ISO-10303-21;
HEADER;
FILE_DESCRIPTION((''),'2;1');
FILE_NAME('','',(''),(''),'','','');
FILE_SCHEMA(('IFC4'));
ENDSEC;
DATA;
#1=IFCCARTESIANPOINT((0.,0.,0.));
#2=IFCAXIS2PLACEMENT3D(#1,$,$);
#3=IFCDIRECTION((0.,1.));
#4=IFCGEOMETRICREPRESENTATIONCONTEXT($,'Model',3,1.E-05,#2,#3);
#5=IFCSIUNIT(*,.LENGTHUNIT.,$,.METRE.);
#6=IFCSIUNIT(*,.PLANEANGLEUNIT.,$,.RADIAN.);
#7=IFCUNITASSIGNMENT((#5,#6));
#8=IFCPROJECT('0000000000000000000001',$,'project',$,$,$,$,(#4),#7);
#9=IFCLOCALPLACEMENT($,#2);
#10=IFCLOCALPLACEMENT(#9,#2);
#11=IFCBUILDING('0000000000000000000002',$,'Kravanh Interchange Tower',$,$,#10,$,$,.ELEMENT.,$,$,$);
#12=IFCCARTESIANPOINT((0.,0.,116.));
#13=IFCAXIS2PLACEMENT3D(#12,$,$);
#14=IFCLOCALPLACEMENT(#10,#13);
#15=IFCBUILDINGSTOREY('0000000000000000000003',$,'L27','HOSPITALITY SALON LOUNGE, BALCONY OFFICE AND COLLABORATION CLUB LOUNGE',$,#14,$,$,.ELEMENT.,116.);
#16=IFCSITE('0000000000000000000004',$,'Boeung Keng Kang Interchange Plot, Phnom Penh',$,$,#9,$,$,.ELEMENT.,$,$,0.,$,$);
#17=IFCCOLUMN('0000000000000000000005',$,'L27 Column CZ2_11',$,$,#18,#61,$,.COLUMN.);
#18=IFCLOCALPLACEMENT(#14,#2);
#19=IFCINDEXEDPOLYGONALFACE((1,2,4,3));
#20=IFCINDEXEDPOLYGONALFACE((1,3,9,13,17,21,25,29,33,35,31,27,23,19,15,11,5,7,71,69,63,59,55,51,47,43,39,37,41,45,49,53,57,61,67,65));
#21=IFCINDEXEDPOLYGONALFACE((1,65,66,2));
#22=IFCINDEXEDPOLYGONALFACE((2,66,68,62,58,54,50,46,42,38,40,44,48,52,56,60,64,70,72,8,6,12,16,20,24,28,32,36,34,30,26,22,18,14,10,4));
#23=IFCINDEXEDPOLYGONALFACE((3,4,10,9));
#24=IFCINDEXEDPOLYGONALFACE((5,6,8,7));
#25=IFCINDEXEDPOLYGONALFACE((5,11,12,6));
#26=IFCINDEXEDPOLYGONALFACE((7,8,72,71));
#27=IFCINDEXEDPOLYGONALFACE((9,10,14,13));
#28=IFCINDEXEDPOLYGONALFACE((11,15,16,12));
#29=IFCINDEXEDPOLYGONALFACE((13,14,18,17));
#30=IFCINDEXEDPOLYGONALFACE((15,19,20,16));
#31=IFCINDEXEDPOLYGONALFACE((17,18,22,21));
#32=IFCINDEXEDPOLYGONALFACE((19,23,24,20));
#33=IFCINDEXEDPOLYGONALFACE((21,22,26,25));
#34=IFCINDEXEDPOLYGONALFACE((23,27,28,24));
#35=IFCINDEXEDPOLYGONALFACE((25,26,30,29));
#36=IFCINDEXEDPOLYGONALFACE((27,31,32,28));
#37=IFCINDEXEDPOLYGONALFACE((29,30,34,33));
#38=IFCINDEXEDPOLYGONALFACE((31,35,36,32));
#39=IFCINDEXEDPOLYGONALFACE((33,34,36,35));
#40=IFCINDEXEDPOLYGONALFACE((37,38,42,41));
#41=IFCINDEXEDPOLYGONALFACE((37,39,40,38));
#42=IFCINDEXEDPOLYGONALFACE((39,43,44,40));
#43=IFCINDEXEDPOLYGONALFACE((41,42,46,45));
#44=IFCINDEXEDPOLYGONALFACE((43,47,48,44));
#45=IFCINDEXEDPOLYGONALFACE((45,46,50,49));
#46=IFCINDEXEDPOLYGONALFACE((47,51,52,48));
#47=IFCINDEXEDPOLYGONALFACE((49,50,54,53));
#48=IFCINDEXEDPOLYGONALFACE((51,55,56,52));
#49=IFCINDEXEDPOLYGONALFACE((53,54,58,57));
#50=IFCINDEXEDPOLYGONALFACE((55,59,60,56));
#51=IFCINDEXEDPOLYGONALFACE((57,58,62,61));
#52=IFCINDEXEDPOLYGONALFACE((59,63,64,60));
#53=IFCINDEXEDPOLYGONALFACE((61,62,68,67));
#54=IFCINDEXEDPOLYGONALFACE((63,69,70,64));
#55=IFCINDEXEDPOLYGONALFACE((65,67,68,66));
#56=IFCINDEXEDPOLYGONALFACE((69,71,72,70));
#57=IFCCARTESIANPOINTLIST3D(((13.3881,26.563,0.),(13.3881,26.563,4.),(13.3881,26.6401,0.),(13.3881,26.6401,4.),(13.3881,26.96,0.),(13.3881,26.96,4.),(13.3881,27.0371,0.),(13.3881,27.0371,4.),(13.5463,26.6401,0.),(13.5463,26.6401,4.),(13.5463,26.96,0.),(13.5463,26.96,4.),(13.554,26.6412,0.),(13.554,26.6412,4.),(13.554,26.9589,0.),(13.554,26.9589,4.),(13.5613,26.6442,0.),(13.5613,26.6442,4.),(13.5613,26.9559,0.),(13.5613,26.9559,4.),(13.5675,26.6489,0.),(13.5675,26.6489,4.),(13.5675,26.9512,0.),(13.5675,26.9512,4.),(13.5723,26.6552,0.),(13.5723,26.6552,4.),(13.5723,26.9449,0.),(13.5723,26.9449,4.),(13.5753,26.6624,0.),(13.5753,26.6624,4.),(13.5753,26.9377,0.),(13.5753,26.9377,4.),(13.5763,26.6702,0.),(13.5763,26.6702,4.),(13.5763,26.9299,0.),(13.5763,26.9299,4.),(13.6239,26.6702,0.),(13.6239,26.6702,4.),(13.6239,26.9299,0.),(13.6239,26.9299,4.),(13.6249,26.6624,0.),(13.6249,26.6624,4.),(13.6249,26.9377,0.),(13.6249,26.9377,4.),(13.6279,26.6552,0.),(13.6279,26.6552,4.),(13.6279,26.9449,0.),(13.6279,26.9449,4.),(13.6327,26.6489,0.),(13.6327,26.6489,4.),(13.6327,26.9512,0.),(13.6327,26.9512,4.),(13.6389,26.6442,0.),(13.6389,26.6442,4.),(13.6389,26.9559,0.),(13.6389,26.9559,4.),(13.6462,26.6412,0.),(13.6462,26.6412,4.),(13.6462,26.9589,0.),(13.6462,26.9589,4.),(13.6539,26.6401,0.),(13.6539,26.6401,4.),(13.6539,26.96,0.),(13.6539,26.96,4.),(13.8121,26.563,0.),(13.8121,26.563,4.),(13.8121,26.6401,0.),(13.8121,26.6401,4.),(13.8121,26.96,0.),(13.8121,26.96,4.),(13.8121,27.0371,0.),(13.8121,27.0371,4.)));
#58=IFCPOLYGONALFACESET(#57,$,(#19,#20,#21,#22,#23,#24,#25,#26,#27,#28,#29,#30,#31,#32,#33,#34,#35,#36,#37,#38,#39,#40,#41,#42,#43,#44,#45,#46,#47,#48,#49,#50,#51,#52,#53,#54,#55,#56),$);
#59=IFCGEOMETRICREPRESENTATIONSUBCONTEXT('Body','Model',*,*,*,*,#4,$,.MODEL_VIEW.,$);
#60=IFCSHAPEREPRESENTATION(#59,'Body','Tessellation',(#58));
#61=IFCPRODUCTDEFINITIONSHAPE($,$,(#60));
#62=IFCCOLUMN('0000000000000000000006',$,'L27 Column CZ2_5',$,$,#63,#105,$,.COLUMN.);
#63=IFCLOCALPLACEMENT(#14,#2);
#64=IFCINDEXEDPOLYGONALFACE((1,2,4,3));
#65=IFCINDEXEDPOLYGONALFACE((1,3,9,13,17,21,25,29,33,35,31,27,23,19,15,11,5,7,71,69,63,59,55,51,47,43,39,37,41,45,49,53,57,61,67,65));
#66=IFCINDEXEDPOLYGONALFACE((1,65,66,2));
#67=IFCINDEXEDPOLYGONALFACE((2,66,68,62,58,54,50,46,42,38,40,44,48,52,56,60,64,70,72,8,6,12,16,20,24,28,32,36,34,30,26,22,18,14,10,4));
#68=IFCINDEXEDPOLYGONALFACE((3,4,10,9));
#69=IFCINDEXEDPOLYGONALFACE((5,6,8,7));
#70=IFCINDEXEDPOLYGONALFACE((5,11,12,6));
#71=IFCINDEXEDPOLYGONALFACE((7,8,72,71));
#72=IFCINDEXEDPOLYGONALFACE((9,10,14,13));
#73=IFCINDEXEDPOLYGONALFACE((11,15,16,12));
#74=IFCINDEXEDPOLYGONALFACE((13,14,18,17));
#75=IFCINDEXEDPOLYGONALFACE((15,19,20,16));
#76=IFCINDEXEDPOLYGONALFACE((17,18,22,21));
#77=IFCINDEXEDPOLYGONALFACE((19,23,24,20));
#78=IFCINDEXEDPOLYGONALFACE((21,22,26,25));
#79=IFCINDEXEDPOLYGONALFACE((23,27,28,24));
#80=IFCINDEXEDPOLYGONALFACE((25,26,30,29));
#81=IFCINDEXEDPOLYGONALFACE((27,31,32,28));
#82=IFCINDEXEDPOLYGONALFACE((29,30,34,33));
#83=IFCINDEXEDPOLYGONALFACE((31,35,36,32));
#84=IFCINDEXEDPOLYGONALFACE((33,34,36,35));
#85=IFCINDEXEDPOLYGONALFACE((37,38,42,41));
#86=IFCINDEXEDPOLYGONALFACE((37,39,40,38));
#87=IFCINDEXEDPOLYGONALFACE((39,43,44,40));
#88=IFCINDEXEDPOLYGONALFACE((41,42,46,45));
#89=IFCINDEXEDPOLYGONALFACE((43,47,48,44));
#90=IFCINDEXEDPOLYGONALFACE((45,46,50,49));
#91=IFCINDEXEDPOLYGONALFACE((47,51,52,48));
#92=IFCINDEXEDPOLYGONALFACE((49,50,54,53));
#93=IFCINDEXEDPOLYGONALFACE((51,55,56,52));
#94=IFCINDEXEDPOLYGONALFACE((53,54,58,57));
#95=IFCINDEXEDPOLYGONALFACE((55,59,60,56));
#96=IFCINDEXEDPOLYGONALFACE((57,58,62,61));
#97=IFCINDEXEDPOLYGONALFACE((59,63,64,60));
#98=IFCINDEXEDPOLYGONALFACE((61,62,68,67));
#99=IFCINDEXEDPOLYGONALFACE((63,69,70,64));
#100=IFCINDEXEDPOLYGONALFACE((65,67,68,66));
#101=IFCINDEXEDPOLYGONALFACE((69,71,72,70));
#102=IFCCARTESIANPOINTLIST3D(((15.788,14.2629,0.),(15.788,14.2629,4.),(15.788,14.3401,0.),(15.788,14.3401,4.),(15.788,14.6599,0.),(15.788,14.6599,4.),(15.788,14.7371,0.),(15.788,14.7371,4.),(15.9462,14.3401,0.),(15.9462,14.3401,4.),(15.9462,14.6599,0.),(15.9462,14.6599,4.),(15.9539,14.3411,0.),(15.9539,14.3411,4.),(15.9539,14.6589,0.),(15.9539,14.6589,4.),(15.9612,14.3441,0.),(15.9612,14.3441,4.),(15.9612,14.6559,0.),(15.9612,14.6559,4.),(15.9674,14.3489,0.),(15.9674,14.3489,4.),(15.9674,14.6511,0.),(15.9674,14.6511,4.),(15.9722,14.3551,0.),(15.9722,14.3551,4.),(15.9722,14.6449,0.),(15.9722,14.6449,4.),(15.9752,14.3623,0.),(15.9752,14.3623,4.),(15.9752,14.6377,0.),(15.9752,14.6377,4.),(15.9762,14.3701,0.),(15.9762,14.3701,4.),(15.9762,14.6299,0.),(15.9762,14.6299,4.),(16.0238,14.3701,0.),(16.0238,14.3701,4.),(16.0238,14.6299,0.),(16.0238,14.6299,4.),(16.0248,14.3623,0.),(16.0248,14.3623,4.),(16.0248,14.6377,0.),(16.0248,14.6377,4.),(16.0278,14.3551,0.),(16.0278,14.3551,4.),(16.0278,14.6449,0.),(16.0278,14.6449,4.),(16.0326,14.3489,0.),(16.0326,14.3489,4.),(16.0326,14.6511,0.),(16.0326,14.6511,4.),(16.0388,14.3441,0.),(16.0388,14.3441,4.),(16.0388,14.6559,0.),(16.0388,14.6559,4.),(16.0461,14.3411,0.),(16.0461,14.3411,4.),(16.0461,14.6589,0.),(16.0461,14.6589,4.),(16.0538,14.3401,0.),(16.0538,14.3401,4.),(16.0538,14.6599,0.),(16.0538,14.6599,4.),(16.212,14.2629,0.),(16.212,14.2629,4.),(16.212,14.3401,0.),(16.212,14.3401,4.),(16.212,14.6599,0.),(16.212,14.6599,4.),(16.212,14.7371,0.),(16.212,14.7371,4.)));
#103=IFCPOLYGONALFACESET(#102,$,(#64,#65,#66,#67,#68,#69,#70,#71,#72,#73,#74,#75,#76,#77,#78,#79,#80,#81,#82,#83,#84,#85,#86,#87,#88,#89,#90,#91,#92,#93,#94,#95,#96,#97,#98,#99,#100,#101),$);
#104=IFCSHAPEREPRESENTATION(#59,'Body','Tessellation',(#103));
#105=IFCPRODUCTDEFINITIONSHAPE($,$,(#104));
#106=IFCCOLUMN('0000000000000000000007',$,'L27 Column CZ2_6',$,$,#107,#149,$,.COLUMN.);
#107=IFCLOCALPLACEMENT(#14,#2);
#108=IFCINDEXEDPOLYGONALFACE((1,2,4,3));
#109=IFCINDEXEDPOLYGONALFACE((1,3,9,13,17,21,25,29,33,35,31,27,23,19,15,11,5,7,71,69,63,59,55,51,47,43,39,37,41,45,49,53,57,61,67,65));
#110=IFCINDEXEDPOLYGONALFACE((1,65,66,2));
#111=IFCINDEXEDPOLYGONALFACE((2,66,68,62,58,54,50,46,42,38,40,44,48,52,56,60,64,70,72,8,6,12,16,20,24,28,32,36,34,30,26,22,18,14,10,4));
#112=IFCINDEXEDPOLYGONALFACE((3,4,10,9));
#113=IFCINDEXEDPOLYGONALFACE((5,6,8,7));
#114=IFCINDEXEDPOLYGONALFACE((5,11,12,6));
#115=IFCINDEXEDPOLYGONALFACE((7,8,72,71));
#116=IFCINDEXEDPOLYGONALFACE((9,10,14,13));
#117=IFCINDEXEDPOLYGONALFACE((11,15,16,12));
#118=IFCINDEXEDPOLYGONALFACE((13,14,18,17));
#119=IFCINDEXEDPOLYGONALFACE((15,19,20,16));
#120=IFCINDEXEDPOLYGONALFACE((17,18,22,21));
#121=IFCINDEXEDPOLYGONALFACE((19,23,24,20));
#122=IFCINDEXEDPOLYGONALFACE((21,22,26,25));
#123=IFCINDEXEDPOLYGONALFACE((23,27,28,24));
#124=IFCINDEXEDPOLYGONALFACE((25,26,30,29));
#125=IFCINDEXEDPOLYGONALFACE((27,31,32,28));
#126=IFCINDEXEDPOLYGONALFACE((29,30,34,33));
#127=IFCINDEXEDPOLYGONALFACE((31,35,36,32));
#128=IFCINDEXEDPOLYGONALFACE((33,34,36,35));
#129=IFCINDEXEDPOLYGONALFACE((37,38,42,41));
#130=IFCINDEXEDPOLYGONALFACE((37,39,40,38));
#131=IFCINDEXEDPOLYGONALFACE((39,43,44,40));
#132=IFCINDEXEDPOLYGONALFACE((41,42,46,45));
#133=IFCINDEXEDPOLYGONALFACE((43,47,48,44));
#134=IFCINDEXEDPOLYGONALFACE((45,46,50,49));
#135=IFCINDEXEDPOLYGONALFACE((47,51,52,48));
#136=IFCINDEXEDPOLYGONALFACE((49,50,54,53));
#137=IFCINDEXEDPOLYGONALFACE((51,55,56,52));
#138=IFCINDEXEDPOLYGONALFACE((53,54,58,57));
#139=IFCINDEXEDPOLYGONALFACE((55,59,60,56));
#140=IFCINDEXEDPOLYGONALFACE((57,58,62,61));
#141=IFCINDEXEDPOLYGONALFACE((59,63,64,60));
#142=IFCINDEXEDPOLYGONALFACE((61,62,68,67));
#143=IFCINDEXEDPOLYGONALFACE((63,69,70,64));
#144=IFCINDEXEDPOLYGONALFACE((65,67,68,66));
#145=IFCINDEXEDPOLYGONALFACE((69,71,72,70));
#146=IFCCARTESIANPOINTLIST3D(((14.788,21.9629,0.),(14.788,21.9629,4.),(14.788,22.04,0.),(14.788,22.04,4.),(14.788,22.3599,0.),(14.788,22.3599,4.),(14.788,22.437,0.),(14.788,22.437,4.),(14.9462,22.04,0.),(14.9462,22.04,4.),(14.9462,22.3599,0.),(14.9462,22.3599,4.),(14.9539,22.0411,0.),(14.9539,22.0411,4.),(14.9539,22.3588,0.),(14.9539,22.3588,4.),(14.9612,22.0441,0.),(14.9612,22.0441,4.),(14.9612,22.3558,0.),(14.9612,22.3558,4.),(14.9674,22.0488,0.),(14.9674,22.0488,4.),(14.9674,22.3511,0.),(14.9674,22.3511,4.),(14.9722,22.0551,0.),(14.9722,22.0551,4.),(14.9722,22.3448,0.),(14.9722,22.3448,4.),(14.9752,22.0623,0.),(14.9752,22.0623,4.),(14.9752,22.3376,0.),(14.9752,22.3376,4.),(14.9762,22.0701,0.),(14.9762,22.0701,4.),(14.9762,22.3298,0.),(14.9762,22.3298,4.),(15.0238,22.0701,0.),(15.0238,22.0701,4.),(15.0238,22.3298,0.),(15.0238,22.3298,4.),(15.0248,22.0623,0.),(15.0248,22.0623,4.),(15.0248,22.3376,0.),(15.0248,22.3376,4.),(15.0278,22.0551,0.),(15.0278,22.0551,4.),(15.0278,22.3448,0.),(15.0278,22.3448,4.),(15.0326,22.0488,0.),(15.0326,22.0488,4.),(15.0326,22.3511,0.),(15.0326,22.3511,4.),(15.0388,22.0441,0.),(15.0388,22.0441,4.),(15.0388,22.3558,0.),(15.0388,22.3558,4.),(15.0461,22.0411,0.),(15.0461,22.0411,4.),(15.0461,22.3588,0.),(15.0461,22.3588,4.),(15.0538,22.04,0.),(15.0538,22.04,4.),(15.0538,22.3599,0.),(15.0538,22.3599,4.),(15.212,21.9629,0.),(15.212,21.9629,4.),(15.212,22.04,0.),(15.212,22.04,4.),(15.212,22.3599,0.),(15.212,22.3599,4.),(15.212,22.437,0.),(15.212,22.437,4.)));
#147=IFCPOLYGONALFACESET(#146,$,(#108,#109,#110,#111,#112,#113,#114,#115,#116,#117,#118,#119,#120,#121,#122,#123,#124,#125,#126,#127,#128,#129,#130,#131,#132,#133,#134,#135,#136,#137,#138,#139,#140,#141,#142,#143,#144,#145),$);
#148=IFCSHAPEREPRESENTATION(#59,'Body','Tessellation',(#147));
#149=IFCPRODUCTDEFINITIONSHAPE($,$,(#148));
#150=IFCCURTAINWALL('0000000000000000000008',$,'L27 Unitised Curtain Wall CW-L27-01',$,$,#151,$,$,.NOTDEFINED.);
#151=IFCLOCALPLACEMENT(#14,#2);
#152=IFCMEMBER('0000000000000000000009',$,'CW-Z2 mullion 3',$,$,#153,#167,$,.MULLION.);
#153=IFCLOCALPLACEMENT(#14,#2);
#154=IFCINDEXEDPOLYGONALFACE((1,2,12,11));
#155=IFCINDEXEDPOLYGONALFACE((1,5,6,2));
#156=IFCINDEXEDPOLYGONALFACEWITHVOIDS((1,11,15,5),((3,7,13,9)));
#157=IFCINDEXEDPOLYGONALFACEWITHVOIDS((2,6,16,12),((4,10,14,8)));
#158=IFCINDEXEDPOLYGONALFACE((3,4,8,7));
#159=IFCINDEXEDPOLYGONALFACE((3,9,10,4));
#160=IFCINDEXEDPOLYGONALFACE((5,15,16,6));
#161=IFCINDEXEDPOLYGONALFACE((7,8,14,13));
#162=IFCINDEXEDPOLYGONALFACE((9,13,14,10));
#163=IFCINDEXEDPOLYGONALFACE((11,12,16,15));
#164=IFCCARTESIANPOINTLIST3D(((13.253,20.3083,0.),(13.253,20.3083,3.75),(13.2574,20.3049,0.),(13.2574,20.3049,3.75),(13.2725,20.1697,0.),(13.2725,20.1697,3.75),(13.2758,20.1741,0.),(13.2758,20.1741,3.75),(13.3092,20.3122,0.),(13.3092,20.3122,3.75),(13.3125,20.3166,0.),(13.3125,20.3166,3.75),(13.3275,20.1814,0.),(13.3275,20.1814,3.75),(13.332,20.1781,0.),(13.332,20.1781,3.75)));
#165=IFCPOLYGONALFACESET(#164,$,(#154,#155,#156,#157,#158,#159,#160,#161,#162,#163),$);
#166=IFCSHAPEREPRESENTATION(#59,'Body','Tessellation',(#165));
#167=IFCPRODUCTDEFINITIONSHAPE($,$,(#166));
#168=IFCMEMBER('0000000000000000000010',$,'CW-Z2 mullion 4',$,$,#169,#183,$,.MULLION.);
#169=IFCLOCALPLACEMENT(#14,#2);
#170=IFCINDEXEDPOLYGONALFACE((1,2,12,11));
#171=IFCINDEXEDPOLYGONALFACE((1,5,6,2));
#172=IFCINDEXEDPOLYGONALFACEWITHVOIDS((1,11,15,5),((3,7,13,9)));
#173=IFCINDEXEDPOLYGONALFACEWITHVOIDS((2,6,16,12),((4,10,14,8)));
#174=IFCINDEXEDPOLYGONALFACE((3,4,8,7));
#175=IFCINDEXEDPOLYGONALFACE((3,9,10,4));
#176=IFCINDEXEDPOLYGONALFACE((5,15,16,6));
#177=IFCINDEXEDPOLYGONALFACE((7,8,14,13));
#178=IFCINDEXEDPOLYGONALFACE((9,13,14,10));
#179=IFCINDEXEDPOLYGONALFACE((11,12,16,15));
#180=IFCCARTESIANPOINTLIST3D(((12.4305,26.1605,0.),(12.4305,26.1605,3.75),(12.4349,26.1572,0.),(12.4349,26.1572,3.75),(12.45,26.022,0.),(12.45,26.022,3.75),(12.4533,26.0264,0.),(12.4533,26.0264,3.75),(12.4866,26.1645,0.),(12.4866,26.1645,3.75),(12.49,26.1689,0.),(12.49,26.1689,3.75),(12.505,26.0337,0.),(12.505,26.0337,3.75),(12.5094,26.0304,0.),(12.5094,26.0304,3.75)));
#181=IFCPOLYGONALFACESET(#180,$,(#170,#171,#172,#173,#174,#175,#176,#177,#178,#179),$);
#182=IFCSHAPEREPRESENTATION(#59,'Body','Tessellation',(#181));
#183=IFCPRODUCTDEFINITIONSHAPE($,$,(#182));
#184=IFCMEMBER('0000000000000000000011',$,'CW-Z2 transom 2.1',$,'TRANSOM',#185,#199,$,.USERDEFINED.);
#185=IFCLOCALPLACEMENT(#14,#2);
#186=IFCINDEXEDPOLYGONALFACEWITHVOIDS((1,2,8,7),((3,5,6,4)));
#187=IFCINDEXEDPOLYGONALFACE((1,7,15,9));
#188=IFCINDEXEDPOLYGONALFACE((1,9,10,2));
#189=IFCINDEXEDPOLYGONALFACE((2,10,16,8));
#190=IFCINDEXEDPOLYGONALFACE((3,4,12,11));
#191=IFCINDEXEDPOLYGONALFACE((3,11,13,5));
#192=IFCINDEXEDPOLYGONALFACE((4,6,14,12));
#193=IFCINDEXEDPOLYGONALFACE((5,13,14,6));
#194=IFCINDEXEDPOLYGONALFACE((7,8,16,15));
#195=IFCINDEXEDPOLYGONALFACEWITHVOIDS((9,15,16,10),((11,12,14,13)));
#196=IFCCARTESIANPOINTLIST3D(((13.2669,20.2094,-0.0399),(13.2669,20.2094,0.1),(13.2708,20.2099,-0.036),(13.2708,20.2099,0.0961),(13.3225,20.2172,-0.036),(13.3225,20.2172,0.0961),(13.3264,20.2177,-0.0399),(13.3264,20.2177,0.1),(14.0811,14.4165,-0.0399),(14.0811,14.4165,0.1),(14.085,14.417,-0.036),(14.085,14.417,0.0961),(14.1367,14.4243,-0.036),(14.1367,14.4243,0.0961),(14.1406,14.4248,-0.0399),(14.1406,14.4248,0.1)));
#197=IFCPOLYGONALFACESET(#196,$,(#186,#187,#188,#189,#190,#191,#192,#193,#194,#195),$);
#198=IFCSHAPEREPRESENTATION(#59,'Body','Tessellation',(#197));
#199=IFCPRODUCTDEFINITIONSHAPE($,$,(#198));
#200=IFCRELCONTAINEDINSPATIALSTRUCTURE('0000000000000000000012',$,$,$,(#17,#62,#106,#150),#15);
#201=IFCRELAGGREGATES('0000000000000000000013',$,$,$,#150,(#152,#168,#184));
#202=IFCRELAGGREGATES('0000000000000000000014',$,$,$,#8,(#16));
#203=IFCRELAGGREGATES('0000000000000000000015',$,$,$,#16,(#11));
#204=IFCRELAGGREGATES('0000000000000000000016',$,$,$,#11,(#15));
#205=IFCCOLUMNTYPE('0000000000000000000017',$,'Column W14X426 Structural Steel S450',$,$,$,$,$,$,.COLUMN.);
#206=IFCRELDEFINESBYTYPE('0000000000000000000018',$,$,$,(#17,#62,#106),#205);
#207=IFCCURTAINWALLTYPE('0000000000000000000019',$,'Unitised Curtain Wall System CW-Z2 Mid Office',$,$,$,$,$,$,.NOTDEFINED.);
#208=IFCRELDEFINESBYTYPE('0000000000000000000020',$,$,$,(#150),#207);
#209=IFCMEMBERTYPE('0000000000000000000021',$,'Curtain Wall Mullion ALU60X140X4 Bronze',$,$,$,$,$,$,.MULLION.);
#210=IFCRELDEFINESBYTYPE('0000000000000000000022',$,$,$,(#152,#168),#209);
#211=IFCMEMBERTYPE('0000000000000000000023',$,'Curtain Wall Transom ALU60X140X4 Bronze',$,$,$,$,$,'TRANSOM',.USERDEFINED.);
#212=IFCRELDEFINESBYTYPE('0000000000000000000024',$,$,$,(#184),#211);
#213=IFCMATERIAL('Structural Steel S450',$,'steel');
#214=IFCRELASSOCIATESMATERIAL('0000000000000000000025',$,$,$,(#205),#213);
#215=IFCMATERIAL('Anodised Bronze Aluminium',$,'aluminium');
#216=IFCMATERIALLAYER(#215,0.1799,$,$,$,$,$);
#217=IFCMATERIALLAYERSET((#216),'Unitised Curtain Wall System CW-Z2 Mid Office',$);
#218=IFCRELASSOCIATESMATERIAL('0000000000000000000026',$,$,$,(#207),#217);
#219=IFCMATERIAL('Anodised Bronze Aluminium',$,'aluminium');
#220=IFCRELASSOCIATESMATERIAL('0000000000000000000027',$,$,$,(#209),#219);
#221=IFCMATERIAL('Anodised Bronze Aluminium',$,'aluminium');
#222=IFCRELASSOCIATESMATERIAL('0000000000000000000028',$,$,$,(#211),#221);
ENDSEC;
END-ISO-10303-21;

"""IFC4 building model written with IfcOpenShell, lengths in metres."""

from ifc_helpers import new_model, si_unit, direction, frame, origin, origin_2d, place, context, subcontext, project, spatial, hollow_rectangle, i_section, extrude, material, layer, layer_set, material_profile, profile_set, type_object, element, aggregate, save


model = new_model("IFC4")

# Units and contexts
model_context = context("Model", 3, precision=1e-05, world=origin(), true_north=direction((0.0, 1.0)))
body_context = subcontext(model_context, "Body", "Model", "MODEL_VIEW")
ifc_project = project(units=[si_unit("LENGTHUNIT", "METRE"), si_unit("PLANEANGLEUNIT", "RADIAN")], contexts=[model_context])

# Site, building, storey
site_placement = place(None, origin())
site = spatial("IfcSite", under=ifc_project, at=site_placement, Name="Boeung Keng Kang Interchange Plot, Phnom Penh", CompositionType="ELEMENT", RefElevation=0.0)
building_placement = place(site_placement, origin())
building = spatial("IfcBuilding", under=site, at=building_placement, Name="Kravanh Interchange Tower", CompositionType="ELEMENT")
storey_placement = place(building_placement, frame((0.0, 0.0, 116.0)))
storey = spatial("IfcBuildingStorey", under=building, at=storey_placement, Name="L27", Description="HOSPITALITY SALON LOUNGE, BALCONY OFFICE AND COLLABORATION CLUB LOUNGE", CompositionType="ELEMENT", Elevation=116.0)

# Columns
ifc_material_1 = material(Name="Structural Steel S450", Category="steel")
ifc_material_profile_1 = material_profile(ifc_material_1, i_section(OverallWidth=0.4241, OverallDepth=0.4741, WebThickness=0.0476, FlangeThickness=0.0771, FilletRadius=0.03, at=origin_2d()), Name="W14X426")
ifc_profile_set_1 = profile_set([ifc_material_profile_1], Name="Structural Steel S450")
column_type = type_object("IfcColumnType", Name="Column W14X426 Structural Steel S450", PredefinedType="COLUMN", material=ifc_profile_set_1)
for number, where, z_axis, x_axis, name in (
    (1, (13.6001, 26.8, 0.0), (0.0, 0.0, 1.0), (1.0, 0.0, 0.0), "L27 Column CZ2_11"),
    (2, (16.0, 14.5, 0.0), (0.0, 0.0, 1.0), (1.0, 0.0, 0.0), "L27 Column CZ2_5"),
    (3, (15.0, 22.2, 0.0), (0.0, 0.0, 1.0), (1.0, 0.0, 0.0), "L27 Column CZ2_6"),
):
    element("IfcColumn", number, at=place(storey_placement, frame(where, z_axis=z_axis, x_axis=x_axis)), inside=storey, type_object=column_type, Name=name, PredefinedType="COLUMN", context=body_context, shape_type="SweptSolid", body=[
        extrude(i_section(OverallWidth=0.4241, OverallDepth=0.4741, WebThickness=0.0476, FlangeThickness=0.0771, FilletRadius=0.03, at=origin_2d()), origin(), (0.0, 0.0, 1.0), 4.0),
    ])

# Curtain wall, members
ifc_material_2 = material(Name="Anodised Bronze Aluminium", Category="aluminium")
ifc_layer_1 = layer(ifc_material_2, 0.1799)
ifc_layer_set_1 = layer_set([ifc_layer_1], Name="Unitised Curtain Wall System CW-Z2 Mid Office")
curtain_wall_type = type_object("IfcCurtainWallType", Name="Unitised Curtain Wall System CW-Z2 Mid Office", PredefinedType="NOTDEFINED", material=ifc_layer_set_1)
curtain_wall_placement = place(storey_placement, origin())
curtain_wall = element("IfcCurtainWall", 4, at=curtain_wall_placement, inside=storey, type_object=curtain_wall_type, Name="L27 Unitised Curtain Wall CW-L27-01", PredefinedType="NOTDEFINED")
ifc_material_3 = material(Name="Anodised Bronze Aluminium", Category="aluminium")
ifc_material_profile_2 = material_profile(ifc_material_3, hollow_rectangle(XDim=0.0601, YDim=0.1399, WallThickness=0.0039, at=origin_2d()), Name="ALU60X140X4")
ifc_profile_set_2 = profile_set([ifc_material_profile_2], Name="Anodised Bronze Aluminium")
member_type_1 = type_object("IfcMemberType", Name="Curtain Wall Mullion ALU60X140X4 Bronze", PredefinedType="MULLION", material=ifc_profile_set_2)
member_1_placement = place(storey_placement, frame((13.2925, 20.2432, 0.0), z_axis=(0.0, 0.0, 1.0), x_axis=(-0.990268, -0.139173, 0.0)))
member_1 = element("IfcMember", 5, at=member_1_placement, type_object=member_type_1, Name="CW-Z2 mullion 3", PredefinedType="MULLION", context=body_context, shape_type="SweptSolid", body=[
    extrude(hollow_rectangle(XDim=0.0601, YDim=0.1399, WallThickness=0.0039, at=origin_2d()), origin(), (0.0, 0.0, 1.0), 3.75),
])
member_2_placement = place(storey_placement, frame((12.47, 26.0955, 0.0), z_axis=(0.0, 0.0, 1.0), x_axis=(-0.990268, -0.139173, 0.0)))
member_2 = element("IfcMember", 6, at=member_2_placement, type_object=member_type_1, Name="CW-Z2 mullion 4", PredefinedType="MULLION", context=body_context, shape_type="SweptSolid", body=[
    extrude(hollow_rectangle(XDim=0.0601, YDim=0.1399, WallThickness=0.0039, at=origin_2d()), origin(), (0.0, 0.0, 1.0), 3.75),
])
ifc_material_4 = material(Name="Anodised Bronze Aluminium", Category="aluminium")
ifc_material_profile_3 = material_profile(ifc_material_4, hollow_rectangle(XDim=0.0601, YDim=0.1399, WallThickness=0.0039, at=origin_2d()), Name="ALU60X140X4")
ifc_profile_set_3 = profile_set([ifc_material_profile_3], Name="Anodised Bronze Aluminium")
member_type_2 = type_object("IfcMemberType", Name="Curtain Wall Transom ALU60X140X4 Bronze", ElementType="TRANSOM", PredefinedType="USERDEFINED", material=ifc_profile_set_3)
member_3_placement = place(storey_placement, frame((14.1108, 14.4207, 0.03), z_axis=(-0.139183, 0.990267, 0.0), x_axis=(-0.990267, -0.139183, 0.0)))
member_3 = element("IfcMember", 7, at=member_3_placement, type_object=member_type_2, Name="CW-Z2 transom 2.1", ObjectType="TRANSOM", PredefinedType="USERDEFINED", context=body_context, shape_type="SweptSolid", body=[
    extrude(hollow_rectangle(XDim=0.0601, YDim=0.1399, WallThickness=0.0039, at=origin_2d()), origin(), (0.0, 0.0, 1.0), 5.8499),
])

aggregate(curtain_wall, [member_1, member_2, member_3])

save(model, "model.ifc")
